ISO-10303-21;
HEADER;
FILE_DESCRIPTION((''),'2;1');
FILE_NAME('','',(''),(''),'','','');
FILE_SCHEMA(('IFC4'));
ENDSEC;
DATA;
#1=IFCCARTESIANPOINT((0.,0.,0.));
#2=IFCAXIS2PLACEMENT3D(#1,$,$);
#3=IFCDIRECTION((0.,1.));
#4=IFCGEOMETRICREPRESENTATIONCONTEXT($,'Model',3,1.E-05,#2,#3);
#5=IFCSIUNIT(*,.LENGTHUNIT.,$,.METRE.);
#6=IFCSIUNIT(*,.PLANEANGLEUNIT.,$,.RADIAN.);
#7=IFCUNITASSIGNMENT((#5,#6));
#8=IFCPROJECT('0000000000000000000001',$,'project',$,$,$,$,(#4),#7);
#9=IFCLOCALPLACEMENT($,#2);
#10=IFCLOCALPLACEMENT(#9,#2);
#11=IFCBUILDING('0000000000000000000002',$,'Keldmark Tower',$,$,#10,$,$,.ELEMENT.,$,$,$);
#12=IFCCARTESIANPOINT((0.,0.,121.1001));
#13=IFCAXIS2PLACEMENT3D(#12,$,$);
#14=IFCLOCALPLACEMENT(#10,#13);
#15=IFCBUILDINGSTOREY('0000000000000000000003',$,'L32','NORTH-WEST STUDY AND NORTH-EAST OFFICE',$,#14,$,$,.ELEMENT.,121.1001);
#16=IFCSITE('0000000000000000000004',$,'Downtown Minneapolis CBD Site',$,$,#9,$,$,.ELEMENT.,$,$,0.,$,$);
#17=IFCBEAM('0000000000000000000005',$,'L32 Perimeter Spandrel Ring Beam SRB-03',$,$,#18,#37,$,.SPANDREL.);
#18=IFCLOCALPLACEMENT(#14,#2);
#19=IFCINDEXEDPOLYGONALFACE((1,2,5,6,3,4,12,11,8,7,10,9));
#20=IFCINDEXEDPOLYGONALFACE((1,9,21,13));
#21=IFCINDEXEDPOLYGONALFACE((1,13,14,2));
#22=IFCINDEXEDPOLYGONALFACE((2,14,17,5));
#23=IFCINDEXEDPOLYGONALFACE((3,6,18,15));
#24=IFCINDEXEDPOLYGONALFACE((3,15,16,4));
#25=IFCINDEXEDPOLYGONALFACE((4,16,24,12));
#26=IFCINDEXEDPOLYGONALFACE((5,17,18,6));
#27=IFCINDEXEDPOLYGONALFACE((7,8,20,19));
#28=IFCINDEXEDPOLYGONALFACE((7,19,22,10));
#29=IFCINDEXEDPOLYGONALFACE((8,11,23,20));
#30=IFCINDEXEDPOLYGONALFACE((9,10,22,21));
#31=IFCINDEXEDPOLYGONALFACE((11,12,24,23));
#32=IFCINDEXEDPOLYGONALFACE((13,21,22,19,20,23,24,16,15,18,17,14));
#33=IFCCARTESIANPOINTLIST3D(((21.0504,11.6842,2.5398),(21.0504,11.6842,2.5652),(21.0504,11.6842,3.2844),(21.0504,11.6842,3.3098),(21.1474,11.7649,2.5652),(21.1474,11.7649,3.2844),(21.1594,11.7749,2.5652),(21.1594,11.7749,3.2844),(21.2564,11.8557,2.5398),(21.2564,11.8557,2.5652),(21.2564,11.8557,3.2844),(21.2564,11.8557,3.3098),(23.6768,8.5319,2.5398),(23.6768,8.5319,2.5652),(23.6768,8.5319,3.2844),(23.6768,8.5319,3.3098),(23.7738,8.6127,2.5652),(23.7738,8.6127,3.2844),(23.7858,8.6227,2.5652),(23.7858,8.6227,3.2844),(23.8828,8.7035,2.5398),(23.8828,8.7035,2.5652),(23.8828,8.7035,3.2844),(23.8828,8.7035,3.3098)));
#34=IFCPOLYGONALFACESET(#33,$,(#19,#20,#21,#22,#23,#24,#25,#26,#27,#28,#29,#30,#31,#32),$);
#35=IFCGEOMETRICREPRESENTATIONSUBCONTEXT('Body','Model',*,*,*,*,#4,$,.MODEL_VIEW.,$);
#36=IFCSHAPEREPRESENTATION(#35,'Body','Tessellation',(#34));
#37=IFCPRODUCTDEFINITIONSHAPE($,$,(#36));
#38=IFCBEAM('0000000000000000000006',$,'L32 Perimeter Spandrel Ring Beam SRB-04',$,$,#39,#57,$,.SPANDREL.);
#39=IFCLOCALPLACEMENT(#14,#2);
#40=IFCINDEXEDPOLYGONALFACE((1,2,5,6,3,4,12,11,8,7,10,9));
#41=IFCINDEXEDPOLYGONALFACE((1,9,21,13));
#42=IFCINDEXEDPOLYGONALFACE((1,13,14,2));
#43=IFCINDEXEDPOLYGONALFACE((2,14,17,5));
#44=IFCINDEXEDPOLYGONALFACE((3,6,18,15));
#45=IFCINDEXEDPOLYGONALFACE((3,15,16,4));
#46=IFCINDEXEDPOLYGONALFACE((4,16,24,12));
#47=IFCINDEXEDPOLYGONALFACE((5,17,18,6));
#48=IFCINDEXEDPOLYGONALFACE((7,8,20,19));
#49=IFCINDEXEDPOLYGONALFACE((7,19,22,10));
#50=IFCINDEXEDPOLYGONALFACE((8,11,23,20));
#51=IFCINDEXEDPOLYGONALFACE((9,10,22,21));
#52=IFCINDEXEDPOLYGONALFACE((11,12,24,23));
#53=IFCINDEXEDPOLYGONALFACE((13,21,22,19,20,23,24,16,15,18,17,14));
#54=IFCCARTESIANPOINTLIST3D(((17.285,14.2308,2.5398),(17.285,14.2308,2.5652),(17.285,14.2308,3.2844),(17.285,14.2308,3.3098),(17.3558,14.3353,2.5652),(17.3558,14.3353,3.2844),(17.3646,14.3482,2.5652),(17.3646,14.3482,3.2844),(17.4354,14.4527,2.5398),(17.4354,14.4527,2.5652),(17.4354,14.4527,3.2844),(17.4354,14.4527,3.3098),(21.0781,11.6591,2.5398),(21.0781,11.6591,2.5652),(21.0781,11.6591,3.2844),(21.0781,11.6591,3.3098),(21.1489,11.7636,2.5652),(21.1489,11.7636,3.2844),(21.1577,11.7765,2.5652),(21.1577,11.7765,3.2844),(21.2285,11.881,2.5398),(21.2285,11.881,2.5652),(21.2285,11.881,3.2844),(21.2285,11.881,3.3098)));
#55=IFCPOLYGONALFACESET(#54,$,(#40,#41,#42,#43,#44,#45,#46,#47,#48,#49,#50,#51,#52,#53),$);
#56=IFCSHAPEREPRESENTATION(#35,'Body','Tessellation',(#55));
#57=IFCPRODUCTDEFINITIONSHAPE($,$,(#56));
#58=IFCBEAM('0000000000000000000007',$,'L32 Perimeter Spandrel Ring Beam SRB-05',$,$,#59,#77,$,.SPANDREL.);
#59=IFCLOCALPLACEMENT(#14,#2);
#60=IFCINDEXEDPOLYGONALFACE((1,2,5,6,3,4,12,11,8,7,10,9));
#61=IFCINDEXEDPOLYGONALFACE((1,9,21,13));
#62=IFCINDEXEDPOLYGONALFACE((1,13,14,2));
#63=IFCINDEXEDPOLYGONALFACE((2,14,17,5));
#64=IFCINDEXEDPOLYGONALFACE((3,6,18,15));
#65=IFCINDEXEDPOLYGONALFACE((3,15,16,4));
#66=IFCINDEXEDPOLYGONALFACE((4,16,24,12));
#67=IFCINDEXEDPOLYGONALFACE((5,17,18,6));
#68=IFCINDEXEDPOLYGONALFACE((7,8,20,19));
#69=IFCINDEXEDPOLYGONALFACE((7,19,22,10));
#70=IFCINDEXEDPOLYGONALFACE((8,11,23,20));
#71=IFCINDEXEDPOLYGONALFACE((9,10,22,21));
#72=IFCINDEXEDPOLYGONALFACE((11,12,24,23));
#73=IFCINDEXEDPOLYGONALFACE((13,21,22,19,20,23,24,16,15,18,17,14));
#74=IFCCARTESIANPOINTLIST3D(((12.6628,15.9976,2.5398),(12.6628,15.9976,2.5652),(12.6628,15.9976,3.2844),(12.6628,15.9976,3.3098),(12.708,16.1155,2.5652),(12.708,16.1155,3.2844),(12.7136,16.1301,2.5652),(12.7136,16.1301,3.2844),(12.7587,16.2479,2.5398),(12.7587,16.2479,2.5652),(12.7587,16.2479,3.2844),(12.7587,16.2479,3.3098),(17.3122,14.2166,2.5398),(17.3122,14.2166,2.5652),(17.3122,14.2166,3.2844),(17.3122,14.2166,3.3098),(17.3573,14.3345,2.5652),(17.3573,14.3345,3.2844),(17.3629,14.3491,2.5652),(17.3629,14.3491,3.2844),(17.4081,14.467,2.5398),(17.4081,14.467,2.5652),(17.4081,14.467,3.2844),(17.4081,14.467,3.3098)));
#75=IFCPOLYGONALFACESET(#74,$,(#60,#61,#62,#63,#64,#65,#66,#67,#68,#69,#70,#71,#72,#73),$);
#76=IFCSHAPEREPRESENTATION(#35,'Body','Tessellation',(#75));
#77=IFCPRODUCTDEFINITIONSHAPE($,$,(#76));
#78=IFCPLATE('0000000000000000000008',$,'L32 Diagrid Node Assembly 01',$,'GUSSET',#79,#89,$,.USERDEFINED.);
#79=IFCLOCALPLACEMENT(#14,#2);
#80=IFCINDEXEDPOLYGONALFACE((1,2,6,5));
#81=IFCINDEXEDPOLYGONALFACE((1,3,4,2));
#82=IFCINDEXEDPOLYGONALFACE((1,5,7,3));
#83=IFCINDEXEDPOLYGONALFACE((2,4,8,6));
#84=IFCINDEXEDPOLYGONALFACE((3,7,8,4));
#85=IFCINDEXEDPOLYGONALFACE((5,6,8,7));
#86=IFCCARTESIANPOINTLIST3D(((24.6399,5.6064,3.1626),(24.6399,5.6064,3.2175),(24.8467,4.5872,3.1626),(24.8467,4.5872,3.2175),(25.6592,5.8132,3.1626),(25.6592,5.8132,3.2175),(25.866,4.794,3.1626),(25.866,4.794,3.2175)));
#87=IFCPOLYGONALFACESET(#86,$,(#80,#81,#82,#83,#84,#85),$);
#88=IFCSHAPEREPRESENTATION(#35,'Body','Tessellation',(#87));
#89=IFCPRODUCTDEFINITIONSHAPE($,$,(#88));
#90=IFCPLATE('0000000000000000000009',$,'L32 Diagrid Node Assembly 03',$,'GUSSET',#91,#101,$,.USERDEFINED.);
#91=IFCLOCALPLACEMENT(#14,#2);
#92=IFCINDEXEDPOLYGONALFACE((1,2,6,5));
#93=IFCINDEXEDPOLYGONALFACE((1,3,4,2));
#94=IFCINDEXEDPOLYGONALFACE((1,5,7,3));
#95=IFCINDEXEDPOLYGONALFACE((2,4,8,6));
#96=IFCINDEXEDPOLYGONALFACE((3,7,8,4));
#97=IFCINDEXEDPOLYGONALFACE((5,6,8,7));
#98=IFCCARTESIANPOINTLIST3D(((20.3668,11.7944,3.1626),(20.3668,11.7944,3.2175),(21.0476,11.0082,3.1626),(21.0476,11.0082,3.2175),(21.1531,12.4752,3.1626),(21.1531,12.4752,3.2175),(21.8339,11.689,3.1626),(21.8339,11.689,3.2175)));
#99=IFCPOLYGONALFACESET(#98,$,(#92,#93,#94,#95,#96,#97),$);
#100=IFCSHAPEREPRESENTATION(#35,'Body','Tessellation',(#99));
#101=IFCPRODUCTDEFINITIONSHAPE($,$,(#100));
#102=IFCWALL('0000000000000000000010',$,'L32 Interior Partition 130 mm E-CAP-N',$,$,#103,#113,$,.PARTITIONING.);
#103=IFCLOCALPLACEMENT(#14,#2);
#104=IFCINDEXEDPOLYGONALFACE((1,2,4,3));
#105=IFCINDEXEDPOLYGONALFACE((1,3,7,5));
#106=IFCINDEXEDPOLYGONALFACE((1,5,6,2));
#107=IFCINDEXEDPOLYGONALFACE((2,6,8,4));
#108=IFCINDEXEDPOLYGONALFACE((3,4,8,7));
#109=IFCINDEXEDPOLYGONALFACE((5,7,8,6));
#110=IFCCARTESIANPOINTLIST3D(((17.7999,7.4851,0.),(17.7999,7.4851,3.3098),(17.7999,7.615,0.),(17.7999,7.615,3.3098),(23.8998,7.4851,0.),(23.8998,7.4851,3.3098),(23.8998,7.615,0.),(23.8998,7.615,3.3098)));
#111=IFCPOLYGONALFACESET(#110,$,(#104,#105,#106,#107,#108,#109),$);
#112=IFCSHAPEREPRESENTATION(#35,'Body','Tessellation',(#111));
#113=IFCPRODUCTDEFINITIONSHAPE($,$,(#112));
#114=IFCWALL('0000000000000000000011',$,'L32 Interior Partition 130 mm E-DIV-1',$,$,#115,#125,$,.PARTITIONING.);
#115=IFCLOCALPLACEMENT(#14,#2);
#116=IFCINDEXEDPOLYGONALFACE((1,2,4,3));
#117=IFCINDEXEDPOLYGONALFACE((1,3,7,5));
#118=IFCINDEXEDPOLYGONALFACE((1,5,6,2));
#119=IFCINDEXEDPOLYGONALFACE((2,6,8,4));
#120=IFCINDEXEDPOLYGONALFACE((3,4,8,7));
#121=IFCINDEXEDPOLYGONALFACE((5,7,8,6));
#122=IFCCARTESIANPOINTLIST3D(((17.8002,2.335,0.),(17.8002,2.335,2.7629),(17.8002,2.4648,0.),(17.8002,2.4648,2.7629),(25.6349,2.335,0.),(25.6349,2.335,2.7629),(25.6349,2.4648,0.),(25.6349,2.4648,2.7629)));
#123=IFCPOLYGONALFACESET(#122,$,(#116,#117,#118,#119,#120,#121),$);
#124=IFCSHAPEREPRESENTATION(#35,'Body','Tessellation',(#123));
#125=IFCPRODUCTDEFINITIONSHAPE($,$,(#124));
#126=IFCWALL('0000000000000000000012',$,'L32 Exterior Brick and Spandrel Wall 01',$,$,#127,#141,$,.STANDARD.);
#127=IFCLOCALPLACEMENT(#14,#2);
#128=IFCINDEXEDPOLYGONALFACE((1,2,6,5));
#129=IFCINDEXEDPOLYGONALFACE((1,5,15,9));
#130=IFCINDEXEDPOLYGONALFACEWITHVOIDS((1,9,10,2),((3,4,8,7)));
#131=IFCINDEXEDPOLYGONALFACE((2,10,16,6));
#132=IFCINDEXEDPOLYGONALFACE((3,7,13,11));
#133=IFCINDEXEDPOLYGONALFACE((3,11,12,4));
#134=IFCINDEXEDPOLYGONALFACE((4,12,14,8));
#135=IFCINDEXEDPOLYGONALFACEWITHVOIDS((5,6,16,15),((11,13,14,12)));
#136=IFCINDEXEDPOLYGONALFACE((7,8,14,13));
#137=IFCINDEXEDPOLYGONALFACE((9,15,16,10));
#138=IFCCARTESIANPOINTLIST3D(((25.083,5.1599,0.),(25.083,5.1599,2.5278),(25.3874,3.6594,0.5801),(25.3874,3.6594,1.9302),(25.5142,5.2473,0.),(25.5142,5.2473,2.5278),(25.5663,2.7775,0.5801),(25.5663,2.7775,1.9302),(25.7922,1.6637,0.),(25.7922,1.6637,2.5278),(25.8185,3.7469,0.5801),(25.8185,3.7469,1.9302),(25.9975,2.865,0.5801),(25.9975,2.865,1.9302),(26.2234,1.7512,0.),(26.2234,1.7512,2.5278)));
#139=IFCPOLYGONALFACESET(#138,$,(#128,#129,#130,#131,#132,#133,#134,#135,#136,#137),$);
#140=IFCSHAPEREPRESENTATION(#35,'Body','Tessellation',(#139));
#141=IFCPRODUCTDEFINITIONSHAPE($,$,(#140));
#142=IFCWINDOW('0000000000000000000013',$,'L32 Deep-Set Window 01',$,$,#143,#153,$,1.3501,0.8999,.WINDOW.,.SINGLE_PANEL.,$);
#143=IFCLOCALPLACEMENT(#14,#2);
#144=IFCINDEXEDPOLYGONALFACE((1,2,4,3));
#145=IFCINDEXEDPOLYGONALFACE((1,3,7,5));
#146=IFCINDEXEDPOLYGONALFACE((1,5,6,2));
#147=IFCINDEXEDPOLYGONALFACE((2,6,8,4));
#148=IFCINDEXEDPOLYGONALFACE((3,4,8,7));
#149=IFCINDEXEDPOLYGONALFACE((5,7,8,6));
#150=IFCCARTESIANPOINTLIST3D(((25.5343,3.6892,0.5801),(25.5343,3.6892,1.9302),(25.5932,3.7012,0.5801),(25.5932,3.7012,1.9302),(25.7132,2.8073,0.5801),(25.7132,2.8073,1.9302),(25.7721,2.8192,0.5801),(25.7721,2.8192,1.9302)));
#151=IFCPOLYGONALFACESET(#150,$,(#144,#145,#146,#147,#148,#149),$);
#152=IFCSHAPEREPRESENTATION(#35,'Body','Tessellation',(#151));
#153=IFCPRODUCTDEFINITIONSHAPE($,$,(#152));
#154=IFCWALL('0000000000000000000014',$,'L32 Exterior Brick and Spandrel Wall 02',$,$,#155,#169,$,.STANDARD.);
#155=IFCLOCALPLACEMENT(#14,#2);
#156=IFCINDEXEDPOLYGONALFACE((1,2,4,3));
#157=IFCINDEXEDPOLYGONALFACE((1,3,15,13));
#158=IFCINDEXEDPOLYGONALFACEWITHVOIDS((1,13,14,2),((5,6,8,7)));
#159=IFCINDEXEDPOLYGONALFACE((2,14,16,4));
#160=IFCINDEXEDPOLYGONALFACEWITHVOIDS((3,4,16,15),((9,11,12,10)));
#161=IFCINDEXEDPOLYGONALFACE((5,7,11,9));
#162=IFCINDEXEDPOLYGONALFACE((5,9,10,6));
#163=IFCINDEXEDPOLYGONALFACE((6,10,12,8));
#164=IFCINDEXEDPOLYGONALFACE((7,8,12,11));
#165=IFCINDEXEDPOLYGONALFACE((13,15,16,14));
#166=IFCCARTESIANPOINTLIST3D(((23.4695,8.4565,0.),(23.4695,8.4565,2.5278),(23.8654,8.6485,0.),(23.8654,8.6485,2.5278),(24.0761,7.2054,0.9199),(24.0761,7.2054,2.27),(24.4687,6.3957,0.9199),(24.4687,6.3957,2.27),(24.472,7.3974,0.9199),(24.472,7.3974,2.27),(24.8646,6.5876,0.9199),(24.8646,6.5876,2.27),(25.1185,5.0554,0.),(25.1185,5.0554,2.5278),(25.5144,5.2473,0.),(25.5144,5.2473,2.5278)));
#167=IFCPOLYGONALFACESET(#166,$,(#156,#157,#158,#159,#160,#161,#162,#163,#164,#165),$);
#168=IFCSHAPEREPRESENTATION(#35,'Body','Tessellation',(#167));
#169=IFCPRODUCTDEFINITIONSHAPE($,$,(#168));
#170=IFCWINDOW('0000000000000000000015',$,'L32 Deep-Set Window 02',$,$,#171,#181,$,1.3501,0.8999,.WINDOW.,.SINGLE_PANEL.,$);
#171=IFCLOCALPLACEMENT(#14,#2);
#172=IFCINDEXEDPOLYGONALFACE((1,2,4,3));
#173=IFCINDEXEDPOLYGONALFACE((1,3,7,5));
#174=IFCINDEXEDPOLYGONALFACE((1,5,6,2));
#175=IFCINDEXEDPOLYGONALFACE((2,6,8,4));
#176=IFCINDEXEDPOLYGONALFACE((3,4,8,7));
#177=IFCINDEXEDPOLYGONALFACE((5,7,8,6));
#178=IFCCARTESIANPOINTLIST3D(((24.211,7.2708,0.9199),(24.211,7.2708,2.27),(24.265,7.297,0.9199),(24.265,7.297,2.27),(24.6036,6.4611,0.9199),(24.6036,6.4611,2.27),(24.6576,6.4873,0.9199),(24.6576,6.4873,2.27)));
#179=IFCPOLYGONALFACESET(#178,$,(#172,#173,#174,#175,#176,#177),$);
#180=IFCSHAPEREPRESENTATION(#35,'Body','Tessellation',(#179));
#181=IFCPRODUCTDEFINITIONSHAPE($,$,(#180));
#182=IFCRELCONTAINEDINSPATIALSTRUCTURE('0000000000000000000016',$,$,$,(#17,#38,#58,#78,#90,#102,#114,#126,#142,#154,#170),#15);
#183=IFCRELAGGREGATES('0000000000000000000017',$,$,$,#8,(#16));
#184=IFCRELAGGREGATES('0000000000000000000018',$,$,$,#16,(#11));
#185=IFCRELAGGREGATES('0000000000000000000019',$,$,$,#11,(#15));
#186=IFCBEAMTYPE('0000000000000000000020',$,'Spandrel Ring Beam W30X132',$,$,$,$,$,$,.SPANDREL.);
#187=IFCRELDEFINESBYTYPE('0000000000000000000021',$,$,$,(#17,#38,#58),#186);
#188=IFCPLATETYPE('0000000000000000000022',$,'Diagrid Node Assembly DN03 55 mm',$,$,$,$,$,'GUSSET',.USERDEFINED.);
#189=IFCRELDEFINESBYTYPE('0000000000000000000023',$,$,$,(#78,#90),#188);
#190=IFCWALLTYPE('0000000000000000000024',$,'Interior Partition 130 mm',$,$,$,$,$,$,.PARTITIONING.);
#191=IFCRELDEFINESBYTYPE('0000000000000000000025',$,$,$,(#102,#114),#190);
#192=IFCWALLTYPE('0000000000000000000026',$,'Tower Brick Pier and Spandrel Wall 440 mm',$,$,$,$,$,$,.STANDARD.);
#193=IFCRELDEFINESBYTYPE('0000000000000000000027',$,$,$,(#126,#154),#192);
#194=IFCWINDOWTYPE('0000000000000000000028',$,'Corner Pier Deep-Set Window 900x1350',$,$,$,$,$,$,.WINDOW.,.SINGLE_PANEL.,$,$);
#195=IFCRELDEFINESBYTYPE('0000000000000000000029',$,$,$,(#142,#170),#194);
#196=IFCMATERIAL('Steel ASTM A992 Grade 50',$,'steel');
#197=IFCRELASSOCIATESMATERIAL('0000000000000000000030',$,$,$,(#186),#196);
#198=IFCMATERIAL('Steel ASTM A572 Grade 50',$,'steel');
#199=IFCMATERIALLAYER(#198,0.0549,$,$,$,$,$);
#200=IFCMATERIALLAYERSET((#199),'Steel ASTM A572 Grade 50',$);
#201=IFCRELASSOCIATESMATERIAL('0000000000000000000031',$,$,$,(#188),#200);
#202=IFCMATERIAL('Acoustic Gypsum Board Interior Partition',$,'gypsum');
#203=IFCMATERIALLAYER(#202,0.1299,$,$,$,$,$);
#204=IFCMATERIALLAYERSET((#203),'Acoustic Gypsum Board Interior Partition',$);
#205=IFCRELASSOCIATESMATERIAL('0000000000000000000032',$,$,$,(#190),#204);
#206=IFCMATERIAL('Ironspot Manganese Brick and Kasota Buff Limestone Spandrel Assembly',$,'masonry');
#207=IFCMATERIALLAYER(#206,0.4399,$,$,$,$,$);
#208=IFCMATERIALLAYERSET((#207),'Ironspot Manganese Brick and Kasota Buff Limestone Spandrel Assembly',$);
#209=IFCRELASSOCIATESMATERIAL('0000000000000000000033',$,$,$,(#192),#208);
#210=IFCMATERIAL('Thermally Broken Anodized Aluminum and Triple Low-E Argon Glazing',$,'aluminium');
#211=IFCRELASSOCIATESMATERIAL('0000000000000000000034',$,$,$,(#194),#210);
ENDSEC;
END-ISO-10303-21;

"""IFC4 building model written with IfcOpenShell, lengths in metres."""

from ifc_helpers import new_model, si_unit, direction, frame, frame_2d, origin, origin_2d, place, context, subcontext, project, spatial, rectangle, i_section, extrude, material, layer, layer_set, material_profile, profile_set, type_object, element, fill, save


model = new_model("IFC4")

# Units and contexts
model_context = context("Model", 3, precision=1e-05, world=origin(), true_north=direction((0.0, 1.0)))
body_context = subcontext(model_context, "Body", "Model", "MODEL_VIEW")
ifc_project = project(units=[si_unit("LENGTHUNIT", "METRE"), si_unit("PLANEANGLEUNIT", "RADIAN")], contexts=[model_context])

# Site, building, storey
site_placement = place(None, origin())
site = spatial("IfcSite", under=ifc_project, at=site_placement, Name="Downtown Minneapolis CBD Site", CompositionType="ELEMENT", RefElevation=0.0)
building_placement = place(site_placement, origin())
building = spatial("IfcBuilding", under=site, at=building_placement, Name="Keldmark Tower", CompositionType="ELEMENT")
storey_placement = place(building_placement, frame((0.0, 0.0, 121.1001)))
storey = spatial("IfcBuildingStorey", under=building, at=storey_placement, Name="L32", Description="NORTH-WEST STUDY AND NORTH-EAST OFFICE", CompositionType="ELEMENT", Elevation=121.1001)

# Beams
ifc_material_1 = material(Name="Steel ASTM A992 Grade 50", Category="steel")
ifc_material_profile_1 = material_profile(ifc_material_1, i_section(OverallWidth=0.2681, OverallDepth=0.77, WebThickness=0.0156, FlangeThickness=0.0254, at=origin_2d()), Name="W30X132")
ifc_profile_set_1 = profile_set([ifc_material_profile_1], Name="Steel ASTM A992 Grade 50")
beam_type_1 = type_object("IfcBeamType", Name="Spandrel Ring Beam W30X132", PredefinedType="SPANDREL", material=ifc_profile_set_1)
beam_1_placement = place(storey_placement, frame((23.7798, 8.6177, 2.9248), z_axis=(-0.640114, 0.76828, 0.0), x_axis=(-0.76828, -0.640114, 0.0)))
element("IfcBeam", 1, at=beam_1_placement, inside=storey, type_object=beam_type_1, Name="L32 Perimeter Spandrel Ring Beam SRB-03", PredefinedType="SPANDREL", context=body_context, shape_type="SweptSolid", body=[
    extrude(i_section(OverallWidth=0.2681, OverallDepth=0.77, WebThickness=0.0156, FlangeThickness=0.0254, at=origin_2d()), origin(), (0.0, 0.0, 1.0), 4.103),
])
beam_2_placement = place(storey_placement, frame((21.1533, 11.77, 2.9248), z_axis=(-0.827698, 0.561174, 0.0), x_axis=(-0.561174, -0.827698, 0.0)))
element("IfcBeam", 2, at=beam_2_placement, inside=storey, type_object=beam_type_1, Name="L32 Perimeter Spandrel Ring Beam SRB-04", PredefinedType="SPANDREL", context=body_context, shape_type="SweptSolid", body=[
    extrude(i_section(OverallWidth=0.2681, OverallDepth=0.77, WebThickness=0.0156, FlangeThickness=0.0254, at=origin_2d()), origin(), (0.0, 0.0, 1.0), 4.5828),
])
beam_3_placement = place(storey_placement, frame((17.3601, 14.3418, 2.9248), z_axis=(-0.933831, 0.357714, 0.0), x_axis=(-0.357714, -0.933831, 0.0)))
element("IfcBeam", 3, at=beam_3_placement, inside=storey, type_object=beam_type_1, Name="L32 Perimeter Spandrel Ring Beam SRB-05", PredefinedType="SPANDREL", context=body_context, shape_type="SweptSolid", body=[
    extrude(i_section(OverallWidth=0.2681, OverallDepth=0.77, WebThickness=0.0156, FlangeThickness=0.0254, at=origin_2d()), origin(), (0.0, 0.0, 1.0), 4.9788),
])

# Plates
ifc_material_2 = material(Name="Steel ASTM A572 Grade 50", Category="steel")
ifc_layer_1 = layer(ifc_material_2, 0.0549)
ifc_layer_set_1 = layer_set([ifc_layer_1], Name="Steel ASTM A572 Grade 50")
plate_type = type_object("IfcPlateType", Name="Diagrid Node Assembly DN03 55 mm", ElementType="GUSSET", PredefinedType="USERDEFINED", material=ifc_layer_set_1)
for number, where, z_axis, x_axis, name in (
    (4, (25.2529, 5.2002, 3.1626), (0.0, 0.0, 1.0), (-0.198855, 0.980029, 0.0), "L32 Diagrid Node Assembly 01"),
    (5, (21.1003, 11.7417, 3.1626), (0.0, 0.0, 1.0), (-0.654609, 0.755968, 0.0), "L32 Diagrid Node Assembly 03"),
):
    element("IfcPlate", number, at=place(storey_placement, frame(where, z_axis=z_axis, x_axis=x_axis)), inside=storey, type_object=plate_type, Name=name, ObjectType="GUSSET", PredefinedType="USERDEFINED", context=body_context, shape_type="SweptSolid", body=[
        extrude(rectangle(XDim=1.04, YDim=1.04, at=origin_2d()), origin(), (0.0, 0.0, 1.0), 0.0549),
    ])

# Walls
ifc_material_3 = material(Name="Acoustic Gypsum Board Interior Partition", Category="gypsum")
ifc_layer_2 = layer(ifc_material_3, 0.1299)
ifc_layer_set_2 = layer_set([ifc_layer_2], Name="Acoustic Gypsum Board Interior Partition")
wall_type_1 = type_object("IfcWallType", Name="Interior Partition 130 mm", PredefinedType="PARTITIONING", material=ifc_layer_set_2)
wall_1_placement = place(storey_placement, frame((17.8, 7.55, 0.0), z_axis=(0.0, 0.0, 1.0), x_axis=(1.0, 0.0, 0.0)))
element("IfcWall", 6, at=wall_1_placement, inside=storey, type_object=wall_type_1, Name="L32 Interior Partition 130 mm E-CAP-N", PredefinedType="PARTITIONING", context=body_context, shape_type="SweptSolid", body=[
    extrude(rectangle(XDim=6.0999, YDim=0.1299, at=frame_2d((3.0498, 0.0))), origin(), (0.0, 0.0, 1.0), 3.3098),
])
wall_2_placement = place(storey_placement, frame((17.8, 2.3999, 0.0), z_axis=(0.0, 0.0, 1.0), x_axis=(1.0, 0.0, 0.0)))
element("IfcWall", 7, at=wall_2_placement, inside=storey, type_object=wall_type_1, Name="L32 Interior Partition 130 mm E-DIV-1", PredefinedType="PARTITIONING", context=body_context, shape_type="SweptSolid", body=[
    extrude(rectangle(XDim=7.8347, YDim=0.1299, at=frame_2d((3.9175, 0.0))), origin(), (0.0, 0.0, 1.0), 2.7629),
])

# Walls, openings, windows
ifc_material_4 = material(Name="Ironspot Manganese Brick and Kasota Buff Limestone Spandrel Assembly", Category="masonry")
ifc_layer_3 = layer(ifc_material_4, 0.4399)
ifc_layer_set_3 = layer_set([ifc_layer_3], Name="Ironspot Manganese Brick and Kasota Buff Limestone Spandrel Assembly")
wall_type_2 = type_object("IfcWallType", Name="Tower Brick Pier and Spandrel Wall 440 mm", PredefinedType="STANDARD", material=ifc_layer_set_3)
wall_3_placement = place(storey_placement, frame((25.2986, 5.2036, 0.0), z_axis=(0.0, 0.0, 1.0), x_axis=(0.198813, -0.980037, 0.0)))
wall_3 = element("IfcWall", 8, at=wall_3_placement, inside=storey, type_object=wall_type_2, Name="L32 Exterior Brick and Spandrel Wall 01", PredefinedType="STANDARD", context=body_context, shape_type="SweptSolid", body=[
    extrude(rectangle(XDim=3.5674, YDim=0.4399, at=frame_2d((1.7837, 0.0))), origin(), (0.0, 0.0, 1.0), 2.5278),
])
opening_1_placement = place(wall_3_placement, frame((1.531, 0.0, 0.5801)))
opening_1 = element("IfcOpeningElement", 9, at=opening_1_placement, cuts=wall_3, PredefinedType="OPENING", context=body_context, shape_type="SweptSolid", body=[
    extrude(rectangle(XDim=0.8999, YDim=1.3501, at=frame_2d((0.45, 0.675))), frame((0.0, 0.23, 0.0), z_axis=(0.0, -1.0, 0.0), x_axis=(1.0, 0.0, 0.0)), (0.0, 0.0, 1.0), 0.46),
])
ifc_material_5 = material(Name="Thermally Broken Anodized Aluminum and Triple Low-E Argon Glazing", Category="aluminium")
window_type_1 = type_object("IfcWindowType", Name="Corner Pier Deep-Set Window 900x1350", PartitioningType="SINGLE_PANEL", PredefinedType="WINDOW", material=ifc_material_5)
window_1_placement = place(opening_1_placement, origin())
window_1 = element("IfcWindow", 10, at=window_1_placement, inside=storey, type_object=window_type_1, Name="L32 Deep-Set Window 01", OverallHeight=1.3501, OverallWidth=0.8999, PartitioningType="SINGLE_PANEL", PredefinedType="WINDOW", context=body_context, shape_type="SweptSolid", body=[
    extrude(rectangle(XDim=0.8999, YDim=1.3501, at=frame_2d((0.45, 0.675))), frame((0.0, -0.01, 0.0), z_axis=(0.0, -1.0, 0.0), x_axis=(1.0, 0.0, 0.0)), (0.0, 0.0, 1.0), 0.0601),
])
fill(opening_1, window_1)
wall_4_placement = place(storey_placement, frame((23.6675, 8.5525, 0.0), z_axis=(0.0, 0.0, 1.0), x_axis=(0.436251, -0.899825, 0.0)))
wall_4 = element("IfcWall", 11, at=wall_4_placement, inside=storey, type_object=wall_type_2, Name="L32 Exterior Brick and Spandrel Wall 02", PredefinedType="STANDARD", context=body_context, shape_type="SweptSolid", body=[
    extrude(rectangle(XDim=3.7798, YDim=0.4399, at=frame_2d((1.8899, 0.0))), origin(), (0.0, 0.0, 1.0), 2.5278),
])
opening_2_placement = place(wall_4_placement, frame((1.3904, 0.0, 0.9199)))
opening_2 = element("IfcOpeningElement", 12, at=opening_2_placement, cuts=wall_4, PredefinedType="OPENING", context=body_context, shape_type="SweptSolid", body=[
    extrude(rectangle(XDim=0.8999, YDim=1.3501, at=frame_2d((0.45, 0.675))), frame((0.0, 0.23, 0.0), z_axis=(0.0, -1.0, 0.0), x_axis=(1.0, 0.0, 0.0)), (0.0, 0.0, 1.0), 0.46),
])
window_2_placement = place(opening_2_placement, origin())
window_2 = element("IfcWindow", 13, at=window_2_placement, inside=storey, type_object=window_type_1, Name="L32 Deep-Set Window 02", OverallHeight=1.3501, OverallWidth=0.8999, PartitioningType="SINGLE_PANEL", PredefinedType="WINDOW", context=body_context, shape_type="SweptSolid", body=[
    extrude(rectangle(XDim=0.8999, YDim=1.3501, at=frame_2d((0.45, 0.675))), frame((0.0, -0.01, 0.0), z_axis=(0.0, -1.0, 0.0), x_axis=(1.0, 0.0, 0.0)), (0.0, 0.0, 1.0), 0.0601),
])
fill(opening_2, window_2)

save(model, "model.ifc")
